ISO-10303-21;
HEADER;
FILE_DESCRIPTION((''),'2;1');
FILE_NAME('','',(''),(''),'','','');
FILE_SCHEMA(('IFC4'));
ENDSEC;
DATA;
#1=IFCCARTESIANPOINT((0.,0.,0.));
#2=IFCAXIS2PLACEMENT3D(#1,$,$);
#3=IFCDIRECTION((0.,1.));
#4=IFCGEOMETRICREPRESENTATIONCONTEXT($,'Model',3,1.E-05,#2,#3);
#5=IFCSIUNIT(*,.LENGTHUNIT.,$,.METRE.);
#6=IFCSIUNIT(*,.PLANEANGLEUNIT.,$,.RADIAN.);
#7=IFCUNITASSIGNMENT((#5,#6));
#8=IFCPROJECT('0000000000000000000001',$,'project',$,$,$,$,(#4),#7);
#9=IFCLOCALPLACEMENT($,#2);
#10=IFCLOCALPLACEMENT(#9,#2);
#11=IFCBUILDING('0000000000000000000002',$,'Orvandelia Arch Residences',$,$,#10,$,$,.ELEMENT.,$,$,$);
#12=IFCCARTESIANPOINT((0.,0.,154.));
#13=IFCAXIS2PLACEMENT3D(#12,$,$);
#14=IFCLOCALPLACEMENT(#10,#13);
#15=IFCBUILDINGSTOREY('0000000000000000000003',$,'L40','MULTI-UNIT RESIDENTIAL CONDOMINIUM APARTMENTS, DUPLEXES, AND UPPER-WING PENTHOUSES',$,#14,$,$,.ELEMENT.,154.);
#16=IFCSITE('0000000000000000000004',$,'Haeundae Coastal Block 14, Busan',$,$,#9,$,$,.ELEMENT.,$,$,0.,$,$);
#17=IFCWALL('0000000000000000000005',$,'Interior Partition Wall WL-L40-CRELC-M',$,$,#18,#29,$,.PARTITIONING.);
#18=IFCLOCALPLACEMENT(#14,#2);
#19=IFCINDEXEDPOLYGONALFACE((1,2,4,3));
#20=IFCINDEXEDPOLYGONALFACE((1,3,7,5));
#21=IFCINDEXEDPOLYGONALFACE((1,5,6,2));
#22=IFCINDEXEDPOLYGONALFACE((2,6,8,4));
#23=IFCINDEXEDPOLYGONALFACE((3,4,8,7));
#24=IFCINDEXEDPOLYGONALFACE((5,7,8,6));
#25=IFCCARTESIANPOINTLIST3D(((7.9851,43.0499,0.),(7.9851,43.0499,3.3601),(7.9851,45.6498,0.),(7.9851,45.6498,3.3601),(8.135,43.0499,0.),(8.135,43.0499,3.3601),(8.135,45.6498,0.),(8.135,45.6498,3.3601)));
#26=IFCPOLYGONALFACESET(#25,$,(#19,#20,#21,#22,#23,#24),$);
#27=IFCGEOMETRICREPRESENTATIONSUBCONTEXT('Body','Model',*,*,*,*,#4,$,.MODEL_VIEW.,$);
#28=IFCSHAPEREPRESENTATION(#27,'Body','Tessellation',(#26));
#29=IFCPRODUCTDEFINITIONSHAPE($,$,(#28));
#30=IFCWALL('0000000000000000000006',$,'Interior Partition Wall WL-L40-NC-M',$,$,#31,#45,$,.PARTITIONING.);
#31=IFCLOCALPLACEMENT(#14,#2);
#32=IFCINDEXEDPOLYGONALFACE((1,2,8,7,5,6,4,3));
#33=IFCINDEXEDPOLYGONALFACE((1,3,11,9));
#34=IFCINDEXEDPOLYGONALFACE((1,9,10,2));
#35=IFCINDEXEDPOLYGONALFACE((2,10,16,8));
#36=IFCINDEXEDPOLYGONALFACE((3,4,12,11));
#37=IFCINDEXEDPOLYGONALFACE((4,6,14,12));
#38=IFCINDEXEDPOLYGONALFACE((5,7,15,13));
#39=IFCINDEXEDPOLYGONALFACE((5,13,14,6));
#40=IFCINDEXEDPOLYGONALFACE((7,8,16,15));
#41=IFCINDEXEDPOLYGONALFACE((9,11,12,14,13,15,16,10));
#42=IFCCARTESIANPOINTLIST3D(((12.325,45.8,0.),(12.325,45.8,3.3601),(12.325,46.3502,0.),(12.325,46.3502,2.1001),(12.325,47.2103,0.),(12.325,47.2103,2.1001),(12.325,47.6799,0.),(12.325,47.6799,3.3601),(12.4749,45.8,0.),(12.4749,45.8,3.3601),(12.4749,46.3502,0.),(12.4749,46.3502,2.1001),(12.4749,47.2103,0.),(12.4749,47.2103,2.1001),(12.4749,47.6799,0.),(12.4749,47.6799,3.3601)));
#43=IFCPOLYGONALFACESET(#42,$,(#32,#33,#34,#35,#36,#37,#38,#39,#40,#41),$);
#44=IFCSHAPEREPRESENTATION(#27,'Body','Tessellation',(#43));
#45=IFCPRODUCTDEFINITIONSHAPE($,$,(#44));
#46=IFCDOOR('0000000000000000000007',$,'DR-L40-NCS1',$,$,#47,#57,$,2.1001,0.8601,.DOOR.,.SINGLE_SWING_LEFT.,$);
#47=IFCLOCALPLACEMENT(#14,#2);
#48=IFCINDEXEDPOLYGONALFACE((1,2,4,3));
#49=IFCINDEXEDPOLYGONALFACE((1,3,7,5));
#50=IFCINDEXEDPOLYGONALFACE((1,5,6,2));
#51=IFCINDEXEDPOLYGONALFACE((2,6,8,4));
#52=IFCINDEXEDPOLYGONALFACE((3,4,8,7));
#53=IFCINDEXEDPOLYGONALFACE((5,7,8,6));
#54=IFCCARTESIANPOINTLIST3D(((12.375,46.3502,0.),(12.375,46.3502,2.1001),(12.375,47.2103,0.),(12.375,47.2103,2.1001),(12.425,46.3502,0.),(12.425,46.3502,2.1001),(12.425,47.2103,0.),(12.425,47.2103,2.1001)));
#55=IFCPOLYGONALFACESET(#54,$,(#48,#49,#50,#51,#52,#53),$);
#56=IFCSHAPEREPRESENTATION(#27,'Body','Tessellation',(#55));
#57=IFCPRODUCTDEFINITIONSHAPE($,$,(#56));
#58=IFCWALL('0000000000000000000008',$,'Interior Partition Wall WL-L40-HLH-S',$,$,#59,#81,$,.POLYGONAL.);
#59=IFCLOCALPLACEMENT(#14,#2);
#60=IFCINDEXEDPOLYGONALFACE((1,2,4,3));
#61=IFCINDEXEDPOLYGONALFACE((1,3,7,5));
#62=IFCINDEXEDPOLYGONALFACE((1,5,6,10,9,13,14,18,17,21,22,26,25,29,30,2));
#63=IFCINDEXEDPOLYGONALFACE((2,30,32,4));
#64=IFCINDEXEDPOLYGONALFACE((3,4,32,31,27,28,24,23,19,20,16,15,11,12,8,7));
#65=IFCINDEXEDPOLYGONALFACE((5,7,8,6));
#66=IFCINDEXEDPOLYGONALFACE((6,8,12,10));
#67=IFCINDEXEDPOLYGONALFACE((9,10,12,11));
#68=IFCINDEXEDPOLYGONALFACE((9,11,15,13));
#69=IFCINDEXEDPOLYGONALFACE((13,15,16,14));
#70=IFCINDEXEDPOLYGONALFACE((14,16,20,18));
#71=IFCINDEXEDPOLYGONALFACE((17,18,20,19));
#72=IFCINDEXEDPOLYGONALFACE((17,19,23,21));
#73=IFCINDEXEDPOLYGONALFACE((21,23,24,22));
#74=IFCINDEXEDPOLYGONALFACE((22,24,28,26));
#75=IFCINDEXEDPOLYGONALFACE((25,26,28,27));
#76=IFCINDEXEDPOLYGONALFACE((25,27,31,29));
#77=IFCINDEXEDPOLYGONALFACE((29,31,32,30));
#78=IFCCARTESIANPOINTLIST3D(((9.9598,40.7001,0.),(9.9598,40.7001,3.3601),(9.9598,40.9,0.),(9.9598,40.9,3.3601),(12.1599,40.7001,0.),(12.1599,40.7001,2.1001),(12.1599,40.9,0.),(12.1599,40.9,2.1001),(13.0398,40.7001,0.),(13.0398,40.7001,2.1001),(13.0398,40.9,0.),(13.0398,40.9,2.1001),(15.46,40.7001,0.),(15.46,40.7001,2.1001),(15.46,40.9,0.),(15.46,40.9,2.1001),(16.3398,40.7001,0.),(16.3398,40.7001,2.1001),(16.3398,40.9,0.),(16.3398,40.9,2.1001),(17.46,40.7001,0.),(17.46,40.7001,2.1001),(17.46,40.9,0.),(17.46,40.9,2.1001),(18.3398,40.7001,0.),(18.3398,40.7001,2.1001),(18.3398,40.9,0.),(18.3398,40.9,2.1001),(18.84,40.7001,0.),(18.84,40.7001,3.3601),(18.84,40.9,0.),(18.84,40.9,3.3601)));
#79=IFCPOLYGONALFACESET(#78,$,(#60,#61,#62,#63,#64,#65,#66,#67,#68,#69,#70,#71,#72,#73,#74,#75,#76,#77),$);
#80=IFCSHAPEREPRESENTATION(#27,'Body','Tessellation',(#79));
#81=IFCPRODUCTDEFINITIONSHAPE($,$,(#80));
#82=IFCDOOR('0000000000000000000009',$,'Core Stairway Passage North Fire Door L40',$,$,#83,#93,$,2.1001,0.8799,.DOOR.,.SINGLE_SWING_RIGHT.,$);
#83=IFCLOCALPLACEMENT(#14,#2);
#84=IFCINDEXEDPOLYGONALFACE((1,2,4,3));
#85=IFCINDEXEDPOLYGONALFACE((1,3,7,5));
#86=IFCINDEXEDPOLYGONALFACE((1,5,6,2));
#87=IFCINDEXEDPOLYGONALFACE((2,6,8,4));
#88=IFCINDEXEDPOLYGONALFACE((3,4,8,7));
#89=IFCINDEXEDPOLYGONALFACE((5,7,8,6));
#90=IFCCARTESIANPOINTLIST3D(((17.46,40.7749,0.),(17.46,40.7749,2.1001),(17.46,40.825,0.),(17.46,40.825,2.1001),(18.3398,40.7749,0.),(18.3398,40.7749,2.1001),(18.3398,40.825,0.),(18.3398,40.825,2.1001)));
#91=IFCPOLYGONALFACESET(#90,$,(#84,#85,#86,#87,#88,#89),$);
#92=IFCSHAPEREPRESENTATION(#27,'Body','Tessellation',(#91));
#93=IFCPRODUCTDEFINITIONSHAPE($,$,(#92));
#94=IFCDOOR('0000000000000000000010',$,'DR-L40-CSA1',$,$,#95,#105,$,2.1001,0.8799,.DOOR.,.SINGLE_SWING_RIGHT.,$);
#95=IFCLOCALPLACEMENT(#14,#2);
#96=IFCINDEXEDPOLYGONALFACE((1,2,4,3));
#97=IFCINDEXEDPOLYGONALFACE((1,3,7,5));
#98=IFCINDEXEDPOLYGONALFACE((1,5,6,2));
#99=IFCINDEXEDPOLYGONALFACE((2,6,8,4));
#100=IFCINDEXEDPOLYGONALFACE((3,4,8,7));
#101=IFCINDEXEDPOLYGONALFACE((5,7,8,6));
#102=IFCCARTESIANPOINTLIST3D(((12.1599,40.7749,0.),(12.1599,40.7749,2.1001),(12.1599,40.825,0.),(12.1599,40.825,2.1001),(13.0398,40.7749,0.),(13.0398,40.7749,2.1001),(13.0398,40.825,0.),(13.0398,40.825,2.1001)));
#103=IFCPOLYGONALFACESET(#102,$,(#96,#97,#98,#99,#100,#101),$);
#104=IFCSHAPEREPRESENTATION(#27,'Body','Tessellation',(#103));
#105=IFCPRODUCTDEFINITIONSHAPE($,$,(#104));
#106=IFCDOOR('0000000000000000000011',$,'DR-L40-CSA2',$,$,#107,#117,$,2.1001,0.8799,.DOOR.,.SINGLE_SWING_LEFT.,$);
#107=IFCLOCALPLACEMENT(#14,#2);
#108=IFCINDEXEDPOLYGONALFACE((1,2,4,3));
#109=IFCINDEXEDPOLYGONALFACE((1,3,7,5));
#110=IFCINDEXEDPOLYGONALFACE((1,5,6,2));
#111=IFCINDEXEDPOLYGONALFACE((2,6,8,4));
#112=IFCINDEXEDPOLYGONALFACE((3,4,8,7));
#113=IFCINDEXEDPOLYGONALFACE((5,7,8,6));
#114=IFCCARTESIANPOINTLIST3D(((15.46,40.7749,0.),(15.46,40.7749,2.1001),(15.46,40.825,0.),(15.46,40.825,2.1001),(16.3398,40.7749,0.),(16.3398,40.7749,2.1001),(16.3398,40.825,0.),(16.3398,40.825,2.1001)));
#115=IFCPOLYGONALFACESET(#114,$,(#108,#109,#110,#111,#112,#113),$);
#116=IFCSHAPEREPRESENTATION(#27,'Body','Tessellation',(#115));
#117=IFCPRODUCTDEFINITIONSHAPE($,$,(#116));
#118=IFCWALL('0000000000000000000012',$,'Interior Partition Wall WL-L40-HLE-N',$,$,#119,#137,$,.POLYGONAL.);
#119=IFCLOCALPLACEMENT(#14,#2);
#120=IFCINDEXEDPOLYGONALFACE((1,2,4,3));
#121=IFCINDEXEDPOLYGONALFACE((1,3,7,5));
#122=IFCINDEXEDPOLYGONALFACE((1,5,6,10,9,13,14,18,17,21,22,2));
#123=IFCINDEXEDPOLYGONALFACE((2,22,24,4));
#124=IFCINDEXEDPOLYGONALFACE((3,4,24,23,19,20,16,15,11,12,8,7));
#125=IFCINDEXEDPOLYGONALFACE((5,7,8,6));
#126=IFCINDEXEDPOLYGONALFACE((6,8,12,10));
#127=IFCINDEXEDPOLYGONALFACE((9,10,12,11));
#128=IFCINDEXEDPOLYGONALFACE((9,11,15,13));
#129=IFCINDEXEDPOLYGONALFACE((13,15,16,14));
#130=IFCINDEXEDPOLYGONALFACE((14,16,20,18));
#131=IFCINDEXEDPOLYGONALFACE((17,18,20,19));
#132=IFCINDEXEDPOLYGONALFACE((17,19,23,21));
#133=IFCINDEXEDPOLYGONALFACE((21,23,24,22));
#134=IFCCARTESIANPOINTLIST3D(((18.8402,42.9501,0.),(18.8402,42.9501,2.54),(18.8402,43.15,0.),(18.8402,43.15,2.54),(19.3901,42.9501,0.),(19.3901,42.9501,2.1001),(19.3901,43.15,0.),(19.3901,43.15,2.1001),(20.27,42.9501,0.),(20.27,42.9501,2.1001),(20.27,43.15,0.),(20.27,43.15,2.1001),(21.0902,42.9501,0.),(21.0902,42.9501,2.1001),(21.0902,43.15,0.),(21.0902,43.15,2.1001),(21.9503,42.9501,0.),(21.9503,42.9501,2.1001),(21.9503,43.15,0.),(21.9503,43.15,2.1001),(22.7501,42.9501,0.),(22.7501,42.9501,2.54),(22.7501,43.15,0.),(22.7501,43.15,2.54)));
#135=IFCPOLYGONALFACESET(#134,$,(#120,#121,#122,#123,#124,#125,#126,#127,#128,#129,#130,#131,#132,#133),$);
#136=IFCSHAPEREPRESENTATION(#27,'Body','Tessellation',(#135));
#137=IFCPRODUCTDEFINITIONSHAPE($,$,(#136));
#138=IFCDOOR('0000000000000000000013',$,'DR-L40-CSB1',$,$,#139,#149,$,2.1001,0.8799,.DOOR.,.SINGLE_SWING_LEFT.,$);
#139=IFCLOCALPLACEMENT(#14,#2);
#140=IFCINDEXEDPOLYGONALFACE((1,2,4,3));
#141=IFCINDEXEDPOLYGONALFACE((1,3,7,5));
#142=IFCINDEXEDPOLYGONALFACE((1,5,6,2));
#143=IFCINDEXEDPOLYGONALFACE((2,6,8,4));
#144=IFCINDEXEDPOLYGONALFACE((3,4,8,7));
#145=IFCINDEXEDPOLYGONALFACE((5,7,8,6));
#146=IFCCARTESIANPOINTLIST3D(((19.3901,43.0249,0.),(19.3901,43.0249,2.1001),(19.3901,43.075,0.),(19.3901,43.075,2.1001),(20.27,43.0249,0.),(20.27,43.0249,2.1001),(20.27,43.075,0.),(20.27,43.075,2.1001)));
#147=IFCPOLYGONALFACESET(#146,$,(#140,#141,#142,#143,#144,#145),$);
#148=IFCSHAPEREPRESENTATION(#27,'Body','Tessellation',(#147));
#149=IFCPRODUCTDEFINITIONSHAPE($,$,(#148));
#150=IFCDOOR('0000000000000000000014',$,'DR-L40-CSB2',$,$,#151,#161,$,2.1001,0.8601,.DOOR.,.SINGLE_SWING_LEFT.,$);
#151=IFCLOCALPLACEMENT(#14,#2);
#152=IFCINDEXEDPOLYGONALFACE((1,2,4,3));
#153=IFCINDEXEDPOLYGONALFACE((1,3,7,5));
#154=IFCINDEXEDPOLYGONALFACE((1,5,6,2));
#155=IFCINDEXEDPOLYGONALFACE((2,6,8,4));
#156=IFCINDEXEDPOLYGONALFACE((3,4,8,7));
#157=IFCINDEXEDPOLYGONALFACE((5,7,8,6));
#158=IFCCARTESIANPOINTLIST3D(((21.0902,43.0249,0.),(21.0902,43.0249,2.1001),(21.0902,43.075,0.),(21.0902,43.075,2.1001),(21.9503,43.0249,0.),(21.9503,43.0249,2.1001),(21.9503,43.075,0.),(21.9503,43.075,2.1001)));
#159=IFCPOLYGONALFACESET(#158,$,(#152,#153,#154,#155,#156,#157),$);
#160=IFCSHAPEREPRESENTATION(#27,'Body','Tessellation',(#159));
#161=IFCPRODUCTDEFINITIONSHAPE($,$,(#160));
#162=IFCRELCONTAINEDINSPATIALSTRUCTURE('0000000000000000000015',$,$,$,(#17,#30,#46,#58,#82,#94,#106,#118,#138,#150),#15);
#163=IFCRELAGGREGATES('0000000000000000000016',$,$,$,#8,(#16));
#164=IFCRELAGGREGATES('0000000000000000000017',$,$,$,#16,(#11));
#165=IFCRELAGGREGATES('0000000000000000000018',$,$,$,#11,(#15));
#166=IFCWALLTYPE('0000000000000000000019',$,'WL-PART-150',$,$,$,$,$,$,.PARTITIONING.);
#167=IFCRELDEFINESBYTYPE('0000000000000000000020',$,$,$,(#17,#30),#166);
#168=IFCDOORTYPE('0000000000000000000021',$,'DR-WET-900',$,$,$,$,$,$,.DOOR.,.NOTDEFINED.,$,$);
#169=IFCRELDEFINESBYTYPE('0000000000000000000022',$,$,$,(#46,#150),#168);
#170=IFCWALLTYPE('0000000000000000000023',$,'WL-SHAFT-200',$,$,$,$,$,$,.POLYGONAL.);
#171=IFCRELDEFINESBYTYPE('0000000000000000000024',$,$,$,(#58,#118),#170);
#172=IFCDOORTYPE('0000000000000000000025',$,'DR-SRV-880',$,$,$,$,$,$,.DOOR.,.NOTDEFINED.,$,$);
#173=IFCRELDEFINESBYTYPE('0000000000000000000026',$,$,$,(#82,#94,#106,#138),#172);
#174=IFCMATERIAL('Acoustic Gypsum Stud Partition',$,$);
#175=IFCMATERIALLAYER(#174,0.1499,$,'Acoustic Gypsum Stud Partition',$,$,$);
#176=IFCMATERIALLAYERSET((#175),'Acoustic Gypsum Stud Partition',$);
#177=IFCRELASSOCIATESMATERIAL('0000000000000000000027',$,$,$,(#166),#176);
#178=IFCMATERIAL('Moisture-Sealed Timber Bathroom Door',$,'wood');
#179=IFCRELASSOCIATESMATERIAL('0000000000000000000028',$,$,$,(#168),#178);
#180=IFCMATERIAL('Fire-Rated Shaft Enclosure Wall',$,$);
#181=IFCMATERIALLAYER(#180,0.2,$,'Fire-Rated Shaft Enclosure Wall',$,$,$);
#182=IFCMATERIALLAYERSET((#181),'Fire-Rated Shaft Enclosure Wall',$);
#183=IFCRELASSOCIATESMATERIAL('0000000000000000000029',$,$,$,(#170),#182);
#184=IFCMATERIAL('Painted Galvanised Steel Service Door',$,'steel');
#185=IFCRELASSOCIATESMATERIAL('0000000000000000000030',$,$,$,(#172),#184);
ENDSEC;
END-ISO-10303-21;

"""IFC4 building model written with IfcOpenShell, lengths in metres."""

from ifc_helpers import new_model, si_unit, direction, frame, frame_2d, origin, place, context, subcontext, project, spatial, rectangle, extrude, material, layer, layer_set, type_object, element, fill, save


model = new_model("IFC4")

# Units and contexts
model_context = context("Model", 3, precision=1e-05, world=origin(), true_north=direction((0.0, 1.0)))
body_context = subcontext(model_context, "Body", "Model", "MODEL_VIEW")
ifc_project = project(units=[si_unit("LENGTHUNIT", "METRE"), si_unit("PLANEANGLEUNIT", "RADIAN")], contexts=[model_context])

# Site, building, storey
site_placement = place(None, origin())
site = spatial("IfcSite", under=ifc_project, at=site_placement, Name="Haeundae Coastal Block 14, Busan", CompositionType="ELEMENT", RefElevation=0.0)
building_placement = place(site_placement, origin())
building = spatial("IfcBuilding", under=site, at=building_placement, Name="Orvandelia Arch Residences", CompositionType="ELEMENT")
storey_placement = place(building_placement, frame((0.0, 0.0, 154.0)))
storey = spatial("IfcBuildingStorey", under=building, at=storey_placement, Name="L40", Description="MULTI-UNIT RESIDENTIAL CONDOMINIUM APARTMENTS, DUPLEXES, AND UPPER-WING PENTHOUSES", CompositionType="ELEMENT", Elevation=154.0)

# Wall
ifc_material_1 = material(Name="Acoustic Gypsum Stud Partition")
ifc_layer_1 = layer(ifc_material_1, 0.1499, Name="Acoustic Gypsum Stud Partition")
ifc_layer_set_1 = layer_set([ifc_layer_1], Name="Acoustic Gypsum Stud Partition")
wall_type_1 = type_object("IfcWallType", Name="WL-PART-150", PredefinedType="PARTITIONING", material=ifc_layer_set_1)
wall_1_placement = place(storey_placement, frame((8.0601, 43.05, 0.0), z_axis=(0.0, 0.0, 1.0), x_axis=(0.0, 1.0, 0.0)))
element("IfcWall", 1, at=wall_1_placement, inside=storey, type_object=wall_type_1, Name="Interior Partition Wall WL-L40-CRELC-M", PredefinedType="PARTITIONING", context=body_context, shape_type="SweptSolid", body=[
    extrude(rectangle(XDim=2.5999, YDim=0.1499, at=frame_2d((1.2998, 0.0))), origin(), (0.0, 0.0, 1.0), 3.3601),
])

# Wall, opening, door
wall_2_placement = place(storey_placement, frame((12.3999, 45.8, 0.0), z_axis=(0.0, 0.0, 1.0), x_axis=(0.0, 1.0, 0.0)))
wall_2 = element("IfcWall", 2, at=wall_2_placement, inside=storey, type_object=wall_type_1, Name="Interior Partition Wall WL-L40-NC-M", PredefinedType="PARTITIONING", context=body_context, shape_type="SweptSolid", body=[
    extrude(rectangle(XDim=1.8799, YDim=0.1499, at=frame_2d((0.9399, 0.0))), origin(), (0.0, 0.0, 1.0), 3.3601),
])
opening_1_placement = place(wall_2_placement, frame((0.55, 0.0, 0.0)))
opening_1 = element("IfcOpeningElement", 3, at=opening_1_placement, cuts=wall_2, PredefinedType="OPENING", context=body_context, shape_type="SweptSolid", body=[
    extrude(rectangle(XDim=0.8601, YDim=2.1001, at=frame_2d((0.4302, 1.05))), frame((0.0, 0.085, 0.0), z_axis=(0.0, -1.0, 0.0), x_axis=(1.0, 0.0, 0.0)), (0.0, 0.0, 1.0), 0.1699),
])
ifc_material_2 = material(Name="Moisture-Sealed Timber Bathroom Door", Category="wood")
door_type_1 = type_object("IfcDoorType", Name="DR-WET-900", OperationType="NOTDEFINED", PredefinedType="DOOR", material=ifc_material_2)
door_1_placement = place(opening_1_placement, origin())
door_1 = element("IfcDoor", 4, at=door_1_placement, inside=storey, type_object=door_type_1, Name="DR-L40-NCS1", OperationType="SINGLE_SWING_LEFT", OverallHeight=2.1001, OverallWidth=0.8601, PredefinedType="DOOR", context=body_context, shape_type="SweptSolid", body=[
    extrude(rectangle(XDim=0.8601, YDim=2.1001, at=frame_2d((0.4302, 1.05))), frame((0.0, 0.0249, 0.0), z_axis=(0.0, -1.0, 0.0), x_axis=(1.0, 0.0, 0.0)), (0.0, 0.0, 1.0), 0.05),
])
fill(opening_1, door_1)

# Walls, openings, doors
ifc_material_3 = material(Name="Fire-Rated Shaft Enclosure Wall")
ifc_layer_2 = layer(ifc_material_3, 0.2, Name="Fire-Rated Shaft Enclosure Wall")
ifc_layer_set_2 = layer_set([ifc_layer_2], Name="Fire-Rated Shaft Enclosure Wall")
wall_type_2 = type_object("IfcWallType", Name="WL-SHAFT-200", PredefinedType="POLYGONAL", material=ifc_layer_set_2)
wall_3_placement = place(storey_placement, frame((9.96, 40.8, 0.0), z_axis=(0.0, 0.0, 1.0), x_axis=(1.0, 0.0, 0.0)))
wall_3 = element("IfcWall", 5, at=wall_3_placement, inside=storey, type_object=wall_type_2, Name="Interior Partition Wall WL-L40-HLH-S", PredefinedType="POLYGONAL", context=body_context, shape_type="SweptSolid", body=[
    extrude(rectangle(XDim=8.8801, YDim=0.2, at=frame_2d((4.4399, 0.0))), origin(), (0.0, 0.0, 1.0), 3.3601),
])
opening_2_placement = place(wall_3_placement, frame((7.5, 0.0, 0.0)))
opening_2 = element("IfcOpeningElement", 6, at=opening_2_placement, cuts=wall_3, PredefinedType="OPENING", context=body_context, shape_type="SweptSolid", body=[
    extrude(rectangle(XDim=0.8799, YDim=2.1001, at=frame_2d((0.4399, 1.05))), frame((0.0, 0.1099, 0.0), z_axis=(0.0, -1.0, 0.0), x_axis=(1.0, 0.0, 0.0)), (0.0, 0.0, 1.0), 0.22),
])
opening_3_placement = place(wall_3_placement, frame((2.2, 0.0, 0.0)))
opening_3 = element("IfcOpeningElement", 7, at=opening_3_placement, cuts=wall_3, PredefinedType="OPENING", context=body_context, shape_type="SweptSolid", body=[
    extrude(rectangle(XDim=0.8799, YDim=2.1001, at=frame_2d((0.4399, 1.05))), frame((0.0, 0.1099, 0.0), z_axis=(0.0, -1.0, 0.0), x_axis=(1.0, 0.0, 0.0)), (0.0, 0.0, 1.0), 0.22),
])
opening_4_placement = place(wall_3_placement, frame((5.5, 0.0, 0.0)))
opening_4 = element("IfcOpeningElement", 8, at=opening_4_placement, cuts=wall_3, PredefinedType="OPENING", context=body_context, shape_type="SweptSolid", body=[
    extrude(rectangle(XDim=0.8799, YDim=2.1001, at=frame_2d((0.4399, 1.05))), frame((0.0, 0.1099, 0.0), z_axis=(0.0, -1.0, 0.0), x_axis=(1.0, 0.0, 0.0)), (0.0, 0.0, 1.0), 0.22),
])
ifc_material_4 = material(Name="Painted Galvanised Steel Service Door", Category="steel")
door_type_2 = type_object("IfcDoorType", Name="DR-SRV-880", OperationType="NOTDEFINED", PredefinedType="DOOR", material=ifc_material_4)
door_2_placement = place(opening_2_placement, origin())
door_2 = element("IfcDoor", 9, at=door_2_placement, inside=storey, type_object=door_type_2, Name="Core Stairway Passage North Fire Door L40", OperationType="SINGLE_SWING_RIGHT", OverallHeight=2.1001, OverallWidth=0.8799, PredefinedType="DOOR", context=body_context, shape_type="SweptSolid", body=[
    extrude(rectangle(XDim=0.8799, YDim=2.1001, at=frame_2d((0.4399, 1.05))), frame((0.0, 0.0249, 0.0), z_axis=(0.0, -1.0, 0.0), x_axis=(1.0, 0.0, 0.0)), (0.0, 0.0, 1.0), 0.05),
])
fill(opening_2, door_2)
door_3_placement = place(opening_3_placement, origin())
door_3 = element("IfcDoor", 10, at=door_3_placement, inside=storey, type_object=door_type_2, Name="DR-L40-CSA1", OperationType="SINGLE_SWING_RIGHT", OverallHeight=2.1001, OverallWidth=0.8799, PredefinedType="DOOR", context=body_context, shape_type="SweptSolid", body=[
    extrude(rectangle(XDim=0.8799, YDim=2.1001, at=frame_2d((0.4399, 1.05))), frame((0.0, 0.0249, 0.0), z_axis=(0.0, -1.0, 0.0), x_axis=(1.0, 0.0, 0.0)), (0.0, 0.0, 1.0), 0.05),
])
fill(opening_3, door_3)
door_4_placement = place(opening_4_placement, origin())
door_4 = element("IfcDoor", 11, at=door_4_placement, inside=storey, type_object=door_type_2, Name="DR-L40-CSA2", OperationType="SINGLE_SWING_LEFT", OverallHeight=2.1001, OverallWidth=0.8799, PredefinedType="DOOR", context=body_context, shape_type="SweptSolid", body=[
    extrude(rectangle(XDim=0.8799, YDim=2.1001, at=frame_2d((0.4399, 1.05))), frame((0.0, 0.0249, 0.0), z_axis=(0.0, -1.0, 0.0), x_axis=(1.0, 0.0, 0.0)), (0.0, 0.0, 1.0), 0.05),
])
fill(opening_4, door_4)
wall_4_placement = place(storey_placement, frame((18.8401, 43.05, 0.0), z_axis=(0.0, 0.0, 1.0), x_axis=(1.0, 0.0, 0.0)))
wall_4 = element("IfcWall", 12, at=wall_4_placement, inside=storey, type_object=wall_type_2, Name="Interior Partition Wall WL-L40-HLE-N", PredefinedType="POLYGONAL", context=body_context, shape_type="SweptSolid", body=[
    extrude(rectangle(XDim=3.9099, YDim=0.2, at=frame_2d((1.9551, 0.0))), origin(), (0.0, 0.0, 1.0), 2.54),
])
opening_5_placement = place(wall_4_placement, frame((0.55, 0.0, 0.0)))
opening_5 = element("IfcOpeningElement", 13, at=opening_5_placement, cuts=wall_4, PredefinedType="OPENING", context=body_context, shape_type="SweptSolid", body=[
    extrude(rectangle(XDim=0.8799, YDim=2.1001, at=frame_2d((0.4399, 1.05))), frame((0.0, 0.1099, 0.0), z_axis=(0.0, -1.0, 0.0), x_axis=(1.0, 0.0, 0.0)), (0.0, 0.0, 1.0), 0.22),
])
opening_6_placement = place(wall_4_placement, frame((2.25, 0.0, 0.0)))
opening_6 = element("IfcOpeningElement", 14, at=opening_6_placement, cuts=wall_4, PredefinedType="OPENING", context=body_context, shape_type="SweptSolid", body=[
    extrude(rectangle(XDim=0.8601, YDim=2.1001, at=frame_2d((0.4302, 1.05))), frame((0.0, 0.1099, 0.0), z_axis=(0.0, -1.0, 0.0), x_axis=(1.0, 0.0, 0.0)), (0.0, 0.0, 1.0), 0.22),
])
door_5_placement = place(opening_5_placement, origin())
door_5 = element("IfcDoor", 15, at=door_5_placement, inside=storey, type_object=door_type_2, Name="DR-L40-CSB1", OperationType="SINGLE_SWING_LEFT", OverallHeight=2.1001, OverallWidth=0.8799, PredefinedType="DOOR", context=body_context, shape_type="SweptSolid", body=[
    extrude(rectangle(XDim=0.8799, YDim=2.1001, at=frame_2d((0.4399, 1.05))), frame((0.0, 0.0249, 0.0), z_axis=(0.0, -1.0, 0.0), x_axis=(1.0, 0.0, 0.0)), (0.0, 0.0, 1.0), 0.05),
])
fill(opening_5, door_5)
door_6_placement = place(opening_6_placement, origin())
door_6 = element("IfcDoor", 16, at=door_6_placement, inside=storey, type_object=door_type_1, Name="DR-L40-CSB2", OperationType="SINGLE_SWING_LEFT", OverallHeight=2.1001, OverallWidth=0.8601, PredefinedType="DOOR", context=body_context, shape_type="SweptSolid", body=[
    extrude(rectangle(XDim=0.8601, YDim=2.1001, at=frame_2d((0.4302, 1.05))), frame((0.0, 0.0249, 0.0), z_axis=(0.0, -1.0, 0.0), x_axis=(1.0, 0.0, 0.0)), (0.0, 0.0, 1.0), 0.05),
])
fill(opening_6, door_6)

save(model, "model.ifc")
